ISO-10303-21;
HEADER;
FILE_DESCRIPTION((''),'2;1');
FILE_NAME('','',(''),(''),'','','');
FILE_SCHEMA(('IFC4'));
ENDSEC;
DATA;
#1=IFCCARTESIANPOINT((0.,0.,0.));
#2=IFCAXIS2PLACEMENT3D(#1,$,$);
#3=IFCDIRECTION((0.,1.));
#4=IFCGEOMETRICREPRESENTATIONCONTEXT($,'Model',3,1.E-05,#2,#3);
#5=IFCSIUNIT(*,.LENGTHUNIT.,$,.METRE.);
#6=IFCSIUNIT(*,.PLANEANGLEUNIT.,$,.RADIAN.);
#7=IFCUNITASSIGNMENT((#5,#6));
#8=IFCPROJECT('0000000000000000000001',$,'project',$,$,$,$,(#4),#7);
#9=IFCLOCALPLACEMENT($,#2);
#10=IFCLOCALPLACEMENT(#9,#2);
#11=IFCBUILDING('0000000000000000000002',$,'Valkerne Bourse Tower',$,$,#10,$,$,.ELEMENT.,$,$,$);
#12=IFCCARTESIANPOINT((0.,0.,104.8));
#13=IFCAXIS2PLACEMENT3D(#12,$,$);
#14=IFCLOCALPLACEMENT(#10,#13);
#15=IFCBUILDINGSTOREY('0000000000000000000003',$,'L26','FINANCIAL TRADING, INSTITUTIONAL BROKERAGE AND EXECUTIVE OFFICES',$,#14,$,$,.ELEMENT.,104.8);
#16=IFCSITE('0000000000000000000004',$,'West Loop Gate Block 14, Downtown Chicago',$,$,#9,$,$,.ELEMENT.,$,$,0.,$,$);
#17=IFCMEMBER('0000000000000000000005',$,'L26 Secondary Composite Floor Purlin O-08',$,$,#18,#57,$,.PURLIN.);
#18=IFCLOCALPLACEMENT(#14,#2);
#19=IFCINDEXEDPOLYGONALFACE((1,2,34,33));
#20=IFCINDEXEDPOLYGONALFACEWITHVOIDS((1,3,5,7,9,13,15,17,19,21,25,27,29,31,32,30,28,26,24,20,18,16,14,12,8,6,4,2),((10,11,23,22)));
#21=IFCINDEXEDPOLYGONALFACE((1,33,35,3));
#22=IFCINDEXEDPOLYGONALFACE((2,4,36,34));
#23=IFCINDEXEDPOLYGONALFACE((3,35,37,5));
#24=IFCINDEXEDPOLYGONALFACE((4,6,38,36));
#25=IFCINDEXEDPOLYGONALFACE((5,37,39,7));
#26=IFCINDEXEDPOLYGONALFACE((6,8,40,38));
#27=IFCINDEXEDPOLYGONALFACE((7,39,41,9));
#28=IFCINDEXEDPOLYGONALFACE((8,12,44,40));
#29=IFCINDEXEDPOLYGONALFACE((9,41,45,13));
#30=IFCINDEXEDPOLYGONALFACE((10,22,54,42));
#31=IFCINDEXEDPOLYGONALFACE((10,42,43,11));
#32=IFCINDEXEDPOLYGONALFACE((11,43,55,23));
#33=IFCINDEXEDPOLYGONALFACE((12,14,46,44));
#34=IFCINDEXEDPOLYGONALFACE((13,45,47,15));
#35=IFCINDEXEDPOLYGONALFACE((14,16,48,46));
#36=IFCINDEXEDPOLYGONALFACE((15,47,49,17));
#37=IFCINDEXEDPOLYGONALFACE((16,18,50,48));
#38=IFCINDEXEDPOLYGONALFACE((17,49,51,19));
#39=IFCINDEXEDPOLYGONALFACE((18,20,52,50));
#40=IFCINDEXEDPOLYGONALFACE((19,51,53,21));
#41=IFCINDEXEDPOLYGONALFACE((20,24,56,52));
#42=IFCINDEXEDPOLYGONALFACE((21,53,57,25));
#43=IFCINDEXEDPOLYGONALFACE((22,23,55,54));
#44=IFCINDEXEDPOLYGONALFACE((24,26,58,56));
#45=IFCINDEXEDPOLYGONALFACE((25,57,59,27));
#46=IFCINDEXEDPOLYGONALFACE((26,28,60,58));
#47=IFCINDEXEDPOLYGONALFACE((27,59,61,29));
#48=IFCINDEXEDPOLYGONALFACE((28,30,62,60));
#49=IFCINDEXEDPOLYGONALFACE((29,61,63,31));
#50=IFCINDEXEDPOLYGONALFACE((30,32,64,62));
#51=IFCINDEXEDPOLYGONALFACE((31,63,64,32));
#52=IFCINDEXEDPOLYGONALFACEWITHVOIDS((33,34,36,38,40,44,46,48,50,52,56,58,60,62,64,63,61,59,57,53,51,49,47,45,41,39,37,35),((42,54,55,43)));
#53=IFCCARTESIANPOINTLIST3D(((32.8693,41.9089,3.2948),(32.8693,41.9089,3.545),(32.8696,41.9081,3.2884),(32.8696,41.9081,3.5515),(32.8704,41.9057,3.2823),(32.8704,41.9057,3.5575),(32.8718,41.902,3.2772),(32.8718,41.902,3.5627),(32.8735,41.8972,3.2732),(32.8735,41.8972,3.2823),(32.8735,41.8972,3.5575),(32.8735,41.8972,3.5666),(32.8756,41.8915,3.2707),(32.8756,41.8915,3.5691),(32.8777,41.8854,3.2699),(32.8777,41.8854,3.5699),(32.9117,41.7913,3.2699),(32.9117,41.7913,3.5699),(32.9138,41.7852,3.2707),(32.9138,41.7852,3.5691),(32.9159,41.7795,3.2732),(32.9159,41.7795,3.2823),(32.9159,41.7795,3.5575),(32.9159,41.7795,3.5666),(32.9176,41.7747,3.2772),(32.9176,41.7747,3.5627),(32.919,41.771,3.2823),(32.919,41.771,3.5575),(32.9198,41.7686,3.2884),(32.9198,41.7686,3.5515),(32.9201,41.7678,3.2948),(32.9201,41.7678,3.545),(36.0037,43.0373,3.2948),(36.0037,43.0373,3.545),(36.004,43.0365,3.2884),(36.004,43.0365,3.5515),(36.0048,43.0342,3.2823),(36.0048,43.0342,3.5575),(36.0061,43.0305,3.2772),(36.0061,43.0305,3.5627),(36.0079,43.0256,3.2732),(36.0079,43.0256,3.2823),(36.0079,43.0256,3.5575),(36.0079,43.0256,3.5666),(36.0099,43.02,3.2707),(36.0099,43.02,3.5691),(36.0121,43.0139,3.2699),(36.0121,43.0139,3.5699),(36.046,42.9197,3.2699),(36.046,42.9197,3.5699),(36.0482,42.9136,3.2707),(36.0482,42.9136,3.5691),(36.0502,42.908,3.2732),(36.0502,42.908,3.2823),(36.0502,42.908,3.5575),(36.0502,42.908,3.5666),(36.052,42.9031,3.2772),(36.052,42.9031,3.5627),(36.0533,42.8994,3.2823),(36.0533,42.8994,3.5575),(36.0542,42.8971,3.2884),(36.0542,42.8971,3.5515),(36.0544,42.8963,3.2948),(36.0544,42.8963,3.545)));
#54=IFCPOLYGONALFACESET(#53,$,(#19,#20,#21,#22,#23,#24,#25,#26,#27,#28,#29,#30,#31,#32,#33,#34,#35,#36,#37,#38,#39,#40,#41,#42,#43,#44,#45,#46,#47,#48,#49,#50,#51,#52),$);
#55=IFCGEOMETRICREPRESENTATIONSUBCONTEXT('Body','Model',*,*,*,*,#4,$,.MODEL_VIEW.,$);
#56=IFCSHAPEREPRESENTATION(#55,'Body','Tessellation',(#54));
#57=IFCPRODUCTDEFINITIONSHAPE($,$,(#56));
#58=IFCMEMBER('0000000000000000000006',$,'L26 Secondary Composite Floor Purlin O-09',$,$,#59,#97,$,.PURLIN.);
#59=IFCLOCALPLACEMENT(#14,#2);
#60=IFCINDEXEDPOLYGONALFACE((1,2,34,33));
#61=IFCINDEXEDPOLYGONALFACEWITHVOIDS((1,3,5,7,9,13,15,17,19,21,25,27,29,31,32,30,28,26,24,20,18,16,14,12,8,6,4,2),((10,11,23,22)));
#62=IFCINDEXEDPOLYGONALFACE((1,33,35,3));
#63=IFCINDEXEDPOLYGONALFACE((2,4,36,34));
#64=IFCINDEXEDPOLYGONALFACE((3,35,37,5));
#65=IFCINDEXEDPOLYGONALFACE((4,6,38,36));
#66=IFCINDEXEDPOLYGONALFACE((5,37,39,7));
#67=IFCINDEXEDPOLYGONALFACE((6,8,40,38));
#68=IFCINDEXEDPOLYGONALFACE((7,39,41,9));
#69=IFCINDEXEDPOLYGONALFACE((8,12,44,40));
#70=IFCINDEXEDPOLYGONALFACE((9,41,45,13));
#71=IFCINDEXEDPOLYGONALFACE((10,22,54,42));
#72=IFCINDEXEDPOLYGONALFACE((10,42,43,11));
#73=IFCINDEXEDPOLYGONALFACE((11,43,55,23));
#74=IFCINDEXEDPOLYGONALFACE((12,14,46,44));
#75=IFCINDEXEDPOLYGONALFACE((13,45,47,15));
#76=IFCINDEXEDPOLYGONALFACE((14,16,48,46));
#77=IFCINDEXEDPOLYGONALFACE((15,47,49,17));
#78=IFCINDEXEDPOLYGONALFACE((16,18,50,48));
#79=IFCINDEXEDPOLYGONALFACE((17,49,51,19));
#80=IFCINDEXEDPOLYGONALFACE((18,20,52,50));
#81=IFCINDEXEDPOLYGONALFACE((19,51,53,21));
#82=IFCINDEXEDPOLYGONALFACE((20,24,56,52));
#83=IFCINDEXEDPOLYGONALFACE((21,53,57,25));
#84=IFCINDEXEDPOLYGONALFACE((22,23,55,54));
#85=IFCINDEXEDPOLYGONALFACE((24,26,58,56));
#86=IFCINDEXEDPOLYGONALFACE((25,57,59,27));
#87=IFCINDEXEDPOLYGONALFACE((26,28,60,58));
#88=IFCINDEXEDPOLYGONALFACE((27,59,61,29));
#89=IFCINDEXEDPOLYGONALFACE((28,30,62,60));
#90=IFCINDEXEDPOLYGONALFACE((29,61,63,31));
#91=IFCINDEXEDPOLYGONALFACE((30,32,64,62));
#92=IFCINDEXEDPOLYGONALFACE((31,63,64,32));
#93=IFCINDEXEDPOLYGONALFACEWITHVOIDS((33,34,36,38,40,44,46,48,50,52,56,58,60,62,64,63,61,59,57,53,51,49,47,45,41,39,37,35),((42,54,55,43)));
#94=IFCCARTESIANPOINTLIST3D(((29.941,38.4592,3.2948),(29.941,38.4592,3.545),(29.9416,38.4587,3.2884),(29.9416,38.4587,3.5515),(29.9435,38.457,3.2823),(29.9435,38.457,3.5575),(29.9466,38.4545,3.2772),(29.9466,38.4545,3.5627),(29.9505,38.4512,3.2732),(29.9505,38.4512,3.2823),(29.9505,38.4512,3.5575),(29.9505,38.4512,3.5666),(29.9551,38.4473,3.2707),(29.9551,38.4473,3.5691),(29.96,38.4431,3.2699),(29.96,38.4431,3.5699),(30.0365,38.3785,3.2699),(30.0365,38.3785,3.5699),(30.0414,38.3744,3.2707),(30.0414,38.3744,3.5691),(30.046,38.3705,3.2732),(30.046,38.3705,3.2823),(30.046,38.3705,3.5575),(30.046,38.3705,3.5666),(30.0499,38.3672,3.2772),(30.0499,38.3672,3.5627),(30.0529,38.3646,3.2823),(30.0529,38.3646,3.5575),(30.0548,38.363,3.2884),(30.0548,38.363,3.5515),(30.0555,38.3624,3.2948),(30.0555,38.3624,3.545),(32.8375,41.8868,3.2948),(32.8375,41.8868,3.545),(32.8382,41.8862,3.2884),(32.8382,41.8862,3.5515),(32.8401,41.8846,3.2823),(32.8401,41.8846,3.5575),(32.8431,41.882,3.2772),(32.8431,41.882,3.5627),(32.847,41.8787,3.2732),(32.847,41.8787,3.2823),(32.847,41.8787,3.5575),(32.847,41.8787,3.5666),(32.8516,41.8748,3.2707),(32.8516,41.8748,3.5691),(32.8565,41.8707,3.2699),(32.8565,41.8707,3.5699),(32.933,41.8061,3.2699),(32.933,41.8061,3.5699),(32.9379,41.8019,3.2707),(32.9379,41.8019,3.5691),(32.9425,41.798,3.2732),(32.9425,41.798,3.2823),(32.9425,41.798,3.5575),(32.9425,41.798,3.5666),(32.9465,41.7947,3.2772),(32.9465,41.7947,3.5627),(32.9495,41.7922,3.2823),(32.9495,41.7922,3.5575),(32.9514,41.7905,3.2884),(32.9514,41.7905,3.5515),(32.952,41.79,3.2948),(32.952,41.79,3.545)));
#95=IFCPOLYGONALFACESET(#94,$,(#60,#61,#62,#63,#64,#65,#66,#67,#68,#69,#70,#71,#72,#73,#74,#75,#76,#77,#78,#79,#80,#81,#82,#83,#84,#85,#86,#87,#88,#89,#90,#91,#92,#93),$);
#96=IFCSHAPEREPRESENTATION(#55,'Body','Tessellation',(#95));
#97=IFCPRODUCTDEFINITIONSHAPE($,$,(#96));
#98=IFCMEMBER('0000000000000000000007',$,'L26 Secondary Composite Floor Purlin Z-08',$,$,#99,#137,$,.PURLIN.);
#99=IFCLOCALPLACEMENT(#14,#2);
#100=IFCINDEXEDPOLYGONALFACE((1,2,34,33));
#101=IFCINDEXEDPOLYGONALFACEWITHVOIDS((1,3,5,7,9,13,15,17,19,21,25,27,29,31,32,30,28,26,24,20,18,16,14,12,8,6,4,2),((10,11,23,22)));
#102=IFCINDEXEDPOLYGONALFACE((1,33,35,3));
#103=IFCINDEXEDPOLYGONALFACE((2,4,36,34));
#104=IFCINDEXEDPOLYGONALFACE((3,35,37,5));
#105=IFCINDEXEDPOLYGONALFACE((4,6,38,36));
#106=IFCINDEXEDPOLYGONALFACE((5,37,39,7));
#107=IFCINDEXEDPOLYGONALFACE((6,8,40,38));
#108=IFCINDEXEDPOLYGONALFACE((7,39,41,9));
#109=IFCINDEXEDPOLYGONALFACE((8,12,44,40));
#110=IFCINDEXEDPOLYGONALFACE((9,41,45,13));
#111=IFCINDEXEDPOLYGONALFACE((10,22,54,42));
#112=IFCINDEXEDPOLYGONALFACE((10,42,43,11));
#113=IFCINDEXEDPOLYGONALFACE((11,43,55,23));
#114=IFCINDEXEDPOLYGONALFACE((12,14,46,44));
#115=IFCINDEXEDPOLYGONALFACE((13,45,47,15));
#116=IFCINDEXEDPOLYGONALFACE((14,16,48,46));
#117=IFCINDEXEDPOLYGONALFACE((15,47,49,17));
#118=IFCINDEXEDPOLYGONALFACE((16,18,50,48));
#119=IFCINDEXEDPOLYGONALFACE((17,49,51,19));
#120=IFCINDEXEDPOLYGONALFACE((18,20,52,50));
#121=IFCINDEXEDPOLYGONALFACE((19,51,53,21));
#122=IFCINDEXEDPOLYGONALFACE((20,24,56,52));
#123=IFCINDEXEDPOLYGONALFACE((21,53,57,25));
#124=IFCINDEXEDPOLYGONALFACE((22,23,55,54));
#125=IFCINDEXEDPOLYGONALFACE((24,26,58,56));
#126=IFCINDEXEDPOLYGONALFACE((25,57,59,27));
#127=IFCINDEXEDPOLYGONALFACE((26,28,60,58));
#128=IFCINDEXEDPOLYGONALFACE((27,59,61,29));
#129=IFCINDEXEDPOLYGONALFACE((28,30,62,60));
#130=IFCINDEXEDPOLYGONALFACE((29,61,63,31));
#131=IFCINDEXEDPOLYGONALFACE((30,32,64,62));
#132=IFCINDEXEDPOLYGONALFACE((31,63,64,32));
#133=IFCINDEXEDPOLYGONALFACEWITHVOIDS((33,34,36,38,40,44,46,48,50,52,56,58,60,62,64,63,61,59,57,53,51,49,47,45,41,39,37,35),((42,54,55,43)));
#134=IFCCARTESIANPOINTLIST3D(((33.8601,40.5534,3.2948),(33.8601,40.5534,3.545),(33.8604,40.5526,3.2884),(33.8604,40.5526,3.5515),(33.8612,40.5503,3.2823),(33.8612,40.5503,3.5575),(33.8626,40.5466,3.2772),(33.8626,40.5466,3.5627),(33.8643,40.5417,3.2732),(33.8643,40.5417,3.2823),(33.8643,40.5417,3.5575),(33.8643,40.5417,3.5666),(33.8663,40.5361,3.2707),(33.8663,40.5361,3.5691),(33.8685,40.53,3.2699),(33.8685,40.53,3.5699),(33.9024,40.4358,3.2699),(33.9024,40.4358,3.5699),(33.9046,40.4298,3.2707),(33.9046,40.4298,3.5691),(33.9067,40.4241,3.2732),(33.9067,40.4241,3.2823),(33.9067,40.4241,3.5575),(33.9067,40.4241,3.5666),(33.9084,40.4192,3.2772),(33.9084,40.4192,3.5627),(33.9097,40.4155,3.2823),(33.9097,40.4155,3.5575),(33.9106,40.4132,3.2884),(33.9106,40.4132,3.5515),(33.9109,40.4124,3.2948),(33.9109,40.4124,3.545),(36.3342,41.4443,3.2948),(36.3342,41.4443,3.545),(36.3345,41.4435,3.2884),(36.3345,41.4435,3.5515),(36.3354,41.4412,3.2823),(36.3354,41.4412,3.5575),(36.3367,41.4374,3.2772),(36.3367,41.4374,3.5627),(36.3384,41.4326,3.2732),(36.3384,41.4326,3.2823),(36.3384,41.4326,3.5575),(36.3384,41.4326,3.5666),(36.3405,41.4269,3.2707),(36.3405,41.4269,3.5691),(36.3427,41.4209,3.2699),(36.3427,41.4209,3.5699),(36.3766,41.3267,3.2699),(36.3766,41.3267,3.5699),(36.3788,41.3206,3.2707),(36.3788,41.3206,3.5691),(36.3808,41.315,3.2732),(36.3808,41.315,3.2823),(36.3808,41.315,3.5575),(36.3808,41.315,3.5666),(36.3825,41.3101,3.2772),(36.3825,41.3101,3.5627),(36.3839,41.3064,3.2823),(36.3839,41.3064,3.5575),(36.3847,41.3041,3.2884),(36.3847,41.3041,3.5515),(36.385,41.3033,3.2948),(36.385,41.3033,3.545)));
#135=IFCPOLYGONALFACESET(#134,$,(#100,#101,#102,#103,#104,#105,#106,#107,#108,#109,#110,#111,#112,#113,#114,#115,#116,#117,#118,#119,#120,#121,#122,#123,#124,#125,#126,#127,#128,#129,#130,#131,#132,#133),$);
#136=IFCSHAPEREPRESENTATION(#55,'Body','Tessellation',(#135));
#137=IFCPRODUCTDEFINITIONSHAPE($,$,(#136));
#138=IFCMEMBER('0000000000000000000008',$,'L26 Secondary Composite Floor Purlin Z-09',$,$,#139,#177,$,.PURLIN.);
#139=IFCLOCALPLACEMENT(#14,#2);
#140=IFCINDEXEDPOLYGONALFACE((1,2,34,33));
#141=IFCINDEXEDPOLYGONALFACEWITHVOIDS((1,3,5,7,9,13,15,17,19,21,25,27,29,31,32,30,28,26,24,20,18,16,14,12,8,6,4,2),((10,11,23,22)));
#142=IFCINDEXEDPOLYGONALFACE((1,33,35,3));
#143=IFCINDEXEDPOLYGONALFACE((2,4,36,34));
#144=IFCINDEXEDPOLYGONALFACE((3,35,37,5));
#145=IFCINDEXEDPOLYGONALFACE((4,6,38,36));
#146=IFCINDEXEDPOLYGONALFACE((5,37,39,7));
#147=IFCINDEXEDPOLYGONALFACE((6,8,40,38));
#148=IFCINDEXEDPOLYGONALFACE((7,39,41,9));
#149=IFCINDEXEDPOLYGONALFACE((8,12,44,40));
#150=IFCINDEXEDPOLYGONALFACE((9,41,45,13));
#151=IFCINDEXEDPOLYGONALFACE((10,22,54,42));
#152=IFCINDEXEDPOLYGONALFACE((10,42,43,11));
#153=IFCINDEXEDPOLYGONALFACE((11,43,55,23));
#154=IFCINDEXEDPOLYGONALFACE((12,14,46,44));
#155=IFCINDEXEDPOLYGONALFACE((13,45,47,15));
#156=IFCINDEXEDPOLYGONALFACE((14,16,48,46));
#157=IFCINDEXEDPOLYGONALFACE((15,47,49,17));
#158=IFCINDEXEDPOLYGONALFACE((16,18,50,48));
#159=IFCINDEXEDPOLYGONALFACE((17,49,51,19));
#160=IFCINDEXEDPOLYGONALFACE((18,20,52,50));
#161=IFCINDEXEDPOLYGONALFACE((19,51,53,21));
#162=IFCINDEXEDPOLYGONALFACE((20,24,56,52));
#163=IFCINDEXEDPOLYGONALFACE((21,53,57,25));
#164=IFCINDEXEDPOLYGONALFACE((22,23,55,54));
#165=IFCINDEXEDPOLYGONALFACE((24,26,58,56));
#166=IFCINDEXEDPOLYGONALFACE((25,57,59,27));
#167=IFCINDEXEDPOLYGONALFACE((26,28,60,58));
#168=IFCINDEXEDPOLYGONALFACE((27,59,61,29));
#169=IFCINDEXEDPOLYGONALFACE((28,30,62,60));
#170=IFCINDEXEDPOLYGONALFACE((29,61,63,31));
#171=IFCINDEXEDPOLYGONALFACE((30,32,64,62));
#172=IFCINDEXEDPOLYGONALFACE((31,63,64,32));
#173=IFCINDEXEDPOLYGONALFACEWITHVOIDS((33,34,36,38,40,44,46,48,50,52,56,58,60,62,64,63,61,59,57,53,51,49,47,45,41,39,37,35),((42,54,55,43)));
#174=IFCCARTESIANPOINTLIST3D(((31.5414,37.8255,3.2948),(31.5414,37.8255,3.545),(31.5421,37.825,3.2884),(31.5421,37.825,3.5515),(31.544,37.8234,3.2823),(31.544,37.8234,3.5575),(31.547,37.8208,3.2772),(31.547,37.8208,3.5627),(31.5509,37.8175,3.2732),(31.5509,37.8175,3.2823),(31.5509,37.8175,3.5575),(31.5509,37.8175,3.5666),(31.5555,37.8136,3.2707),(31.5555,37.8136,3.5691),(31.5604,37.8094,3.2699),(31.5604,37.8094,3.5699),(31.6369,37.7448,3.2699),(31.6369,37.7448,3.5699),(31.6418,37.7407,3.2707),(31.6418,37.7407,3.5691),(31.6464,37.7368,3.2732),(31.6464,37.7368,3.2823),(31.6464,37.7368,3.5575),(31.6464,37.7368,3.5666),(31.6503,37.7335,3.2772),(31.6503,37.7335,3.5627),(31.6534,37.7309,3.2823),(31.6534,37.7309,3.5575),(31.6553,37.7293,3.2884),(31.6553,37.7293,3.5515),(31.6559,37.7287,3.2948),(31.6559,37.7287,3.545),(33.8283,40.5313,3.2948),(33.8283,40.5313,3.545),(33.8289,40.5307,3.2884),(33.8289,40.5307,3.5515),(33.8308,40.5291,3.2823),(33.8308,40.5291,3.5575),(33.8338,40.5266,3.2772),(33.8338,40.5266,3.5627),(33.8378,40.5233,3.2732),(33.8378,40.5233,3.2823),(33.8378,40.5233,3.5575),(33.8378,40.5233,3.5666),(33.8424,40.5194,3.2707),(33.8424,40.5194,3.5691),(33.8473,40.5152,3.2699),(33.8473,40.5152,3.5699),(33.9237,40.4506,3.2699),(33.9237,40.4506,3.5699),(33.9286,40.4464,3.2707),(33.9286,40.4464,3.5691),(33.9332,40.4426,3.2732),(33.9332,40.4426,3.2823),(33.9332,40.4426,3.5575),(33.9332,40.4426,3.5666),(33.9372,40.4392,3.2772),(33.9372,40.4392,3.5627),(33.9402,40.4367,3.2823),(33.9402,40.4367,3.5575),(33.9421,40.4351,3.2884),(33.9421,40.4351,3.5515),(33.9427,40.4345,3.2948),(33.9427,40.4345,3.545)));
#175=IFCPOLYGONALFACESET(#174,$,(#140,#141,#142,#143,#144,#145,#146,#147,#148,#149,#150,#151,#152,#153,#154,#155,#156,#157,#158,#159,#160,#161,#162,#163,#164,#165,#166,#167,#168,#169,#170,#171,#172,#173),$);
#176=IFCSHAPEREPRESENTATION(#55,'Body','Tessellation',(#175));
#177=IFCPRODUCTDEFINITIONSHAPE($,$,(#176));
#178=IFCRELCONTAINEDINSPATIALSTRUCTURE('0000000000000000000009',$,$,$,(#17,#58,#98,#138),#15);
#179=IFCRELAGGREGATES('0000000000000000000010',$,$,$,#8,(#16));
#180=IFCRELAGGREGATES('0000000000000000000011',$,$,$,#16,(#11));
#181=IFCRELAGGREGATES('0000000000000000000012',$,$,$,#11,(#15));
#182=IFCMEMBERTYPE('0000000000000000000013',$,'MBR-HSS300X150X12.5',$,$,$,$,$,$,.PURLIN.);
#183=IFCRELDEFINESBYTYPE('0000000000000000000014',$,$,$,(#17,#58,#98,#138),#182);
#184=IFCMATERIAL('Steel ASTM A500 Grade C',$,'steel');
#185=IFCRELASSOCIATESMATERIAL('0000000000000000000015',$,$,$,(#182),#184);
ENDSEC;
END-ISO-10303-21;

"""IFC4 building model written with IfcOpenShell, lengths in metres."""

from ifc_helpers import new_model, si_unit, direction, frame, origin, origin_2d, place, context, subcontext, project, spatial, hollow_rectangle, extrude, material, material_profile, profile_set, type_object, element, save


model = new_model("IFC4")

# Units and contexts
model_context = context("Model", 3, precision=1e-05, world=origin(), true_north=direction((0.0, 1.0)))
body_context = subcontext(model_context, "Body", "Model", "MODEL_VIEW")
ifc_project = project(units=[si_unit("LENGTHUNIT", "METRE"), si_unit("PLANEANGLEUNIT", "RADIAN")], contexts=[model_context])

# Site, building, storey
site_placement = place(None, origin())
site = spatial("IfcSite", under=ifc_project, at=site_placement, Name="West Loop Gate Block 14, Downtown Chicago", CompositionType="ELEMENT", RefElevation=0.0)
building_placement = place(site_placement, origin())
building = spatial("IfcBuilding", under=site, at=building_placement, Name="Valkerne Bourse Tower", CompositionType="ELEMENT")
storey_placement = place(building_placement, frame((0.0, 0.0, 104.8)))
storey = spatial("IfcBuildingStorey", under=building, at=storey_placement, Name="L26", Description="FINANCIAL TRADING, INSTITUTIONAL BROKERAGE AND EXECUTIVE OFFICES", CompositionType="ELEMENT", Elevation=104.8)

# Members
ifc_material_1 = material(Name="Steel ASTM A500 Grade C", Category="steel")
ifc_material_profile_1 = material_profile(ifc_material_1, hollow_rectangle(XDim=0.1499, YDim=0.3, WallThickness=0.0125, OuterFilletRadius=0.0249, at=origin_2d()), Name="HSS300X150X12.5")
ifc_profile_set_1 = profile_set([ifc_material_profile_1], Name="Steel ASTM A500 Grade C")
member_type_1 = type_object("IfcMemberType", Name="MBR-HSS300X150X12.5", PredefinedType="PURLIN", material=ifc_profile_set_1)
member_1_placement = place(storey_placement, frame((36.0291, 42.9668, 3.4199), z_axis=(-0.94088, -0.33874, 0.0), x_axis=(0.33874, -0.94088, 0.0)))
element("IfcMember", 1, at=member_1_placement, inside=storey, type_object=member_type_1, Name="L26 Secondary Composite Floor Purlin O-08", PredefinedType="PURLIN", context=body_context, shape_type="SweptSolid", body=[
    extrude(hollow_rectangle(XDim=0.1499, YDim=0.3, WallThickness=0.0125, OuterFilletRadius=0.0249, at=origin_2d()), origin(), (0.0, 0.0, 1.0), 3.3313),
])
member_2_placement = place(storey_placement, frame((32.8948, 41.8384, 3.4199), z_axis=(-0.645462, -0.763793, 0.0), x_axis=(0.763793, -0.645462, 0.0)))
element("IfcMember", 2, at=member_2_placement, inside=storey, type_object=member_type_1, Name="L26 Secondary Composite Floor Purlin O-09", PredefinedType="PURLIN", context=body_context, shape_type="SweptSolid", body=[
    extrude(hollow_rectangle(XDim=0.1499, YDim=0.3, WallThickness=0.0125, OuterFilletRadius=0.0249, at=origin_2d()), origin(), (0.0, 0.0, 1.0), 4.4875),
])
member_3_placement = place(storey_placement, frame((36.3596, 41.3738, 3.4199), z_axis=(-0.940865, -0.338782, 0.0), x_axis=(0.338782, -0.940865, 0.0)))
element("IfcMember", 3, at=member_3_placement, inside=storey, type_object=member_type_1, Name="L26 Secondary Composite Floor Purlin Z-08", PredefinedType="PURLIN", context=body_context, shape_type="SweptSolid", body=[
    extrude(hollow_rectangle(XDim=0.1499, YDim=0.3, WallThickness=0.0125, OuterFilletRadius=0.0249, at=origin_2d()), origin(), (0.0, 0.0, 1.0), 2.6296),
])
member_4_placement = place(storey_placement, frame((33.8855, 40.4829, 3.4199), z_axis=(-0.645503, -0.763757, 0.0), x_axis=(0.763757, -0.645503, 0.0)))
element("IfcMember", 4, at=member_4_placement, inside=storey, type_object=member_type_1, Name="L26 Secondary Composite Floor Purlin Z-09", PredefinedType="PURLIN", context=body_context, shape_type="SweptSolid", body=[
    extrude(hollow_rectangle(XDim=0.1499, YDim=0.3, WallThickness=0.0125, OuterFilletRadius=0.0249, at=origin_2d()), origin(), (0.0, 0.0, 1.0), 3.5427),
])

save(model, "model.ifc")
